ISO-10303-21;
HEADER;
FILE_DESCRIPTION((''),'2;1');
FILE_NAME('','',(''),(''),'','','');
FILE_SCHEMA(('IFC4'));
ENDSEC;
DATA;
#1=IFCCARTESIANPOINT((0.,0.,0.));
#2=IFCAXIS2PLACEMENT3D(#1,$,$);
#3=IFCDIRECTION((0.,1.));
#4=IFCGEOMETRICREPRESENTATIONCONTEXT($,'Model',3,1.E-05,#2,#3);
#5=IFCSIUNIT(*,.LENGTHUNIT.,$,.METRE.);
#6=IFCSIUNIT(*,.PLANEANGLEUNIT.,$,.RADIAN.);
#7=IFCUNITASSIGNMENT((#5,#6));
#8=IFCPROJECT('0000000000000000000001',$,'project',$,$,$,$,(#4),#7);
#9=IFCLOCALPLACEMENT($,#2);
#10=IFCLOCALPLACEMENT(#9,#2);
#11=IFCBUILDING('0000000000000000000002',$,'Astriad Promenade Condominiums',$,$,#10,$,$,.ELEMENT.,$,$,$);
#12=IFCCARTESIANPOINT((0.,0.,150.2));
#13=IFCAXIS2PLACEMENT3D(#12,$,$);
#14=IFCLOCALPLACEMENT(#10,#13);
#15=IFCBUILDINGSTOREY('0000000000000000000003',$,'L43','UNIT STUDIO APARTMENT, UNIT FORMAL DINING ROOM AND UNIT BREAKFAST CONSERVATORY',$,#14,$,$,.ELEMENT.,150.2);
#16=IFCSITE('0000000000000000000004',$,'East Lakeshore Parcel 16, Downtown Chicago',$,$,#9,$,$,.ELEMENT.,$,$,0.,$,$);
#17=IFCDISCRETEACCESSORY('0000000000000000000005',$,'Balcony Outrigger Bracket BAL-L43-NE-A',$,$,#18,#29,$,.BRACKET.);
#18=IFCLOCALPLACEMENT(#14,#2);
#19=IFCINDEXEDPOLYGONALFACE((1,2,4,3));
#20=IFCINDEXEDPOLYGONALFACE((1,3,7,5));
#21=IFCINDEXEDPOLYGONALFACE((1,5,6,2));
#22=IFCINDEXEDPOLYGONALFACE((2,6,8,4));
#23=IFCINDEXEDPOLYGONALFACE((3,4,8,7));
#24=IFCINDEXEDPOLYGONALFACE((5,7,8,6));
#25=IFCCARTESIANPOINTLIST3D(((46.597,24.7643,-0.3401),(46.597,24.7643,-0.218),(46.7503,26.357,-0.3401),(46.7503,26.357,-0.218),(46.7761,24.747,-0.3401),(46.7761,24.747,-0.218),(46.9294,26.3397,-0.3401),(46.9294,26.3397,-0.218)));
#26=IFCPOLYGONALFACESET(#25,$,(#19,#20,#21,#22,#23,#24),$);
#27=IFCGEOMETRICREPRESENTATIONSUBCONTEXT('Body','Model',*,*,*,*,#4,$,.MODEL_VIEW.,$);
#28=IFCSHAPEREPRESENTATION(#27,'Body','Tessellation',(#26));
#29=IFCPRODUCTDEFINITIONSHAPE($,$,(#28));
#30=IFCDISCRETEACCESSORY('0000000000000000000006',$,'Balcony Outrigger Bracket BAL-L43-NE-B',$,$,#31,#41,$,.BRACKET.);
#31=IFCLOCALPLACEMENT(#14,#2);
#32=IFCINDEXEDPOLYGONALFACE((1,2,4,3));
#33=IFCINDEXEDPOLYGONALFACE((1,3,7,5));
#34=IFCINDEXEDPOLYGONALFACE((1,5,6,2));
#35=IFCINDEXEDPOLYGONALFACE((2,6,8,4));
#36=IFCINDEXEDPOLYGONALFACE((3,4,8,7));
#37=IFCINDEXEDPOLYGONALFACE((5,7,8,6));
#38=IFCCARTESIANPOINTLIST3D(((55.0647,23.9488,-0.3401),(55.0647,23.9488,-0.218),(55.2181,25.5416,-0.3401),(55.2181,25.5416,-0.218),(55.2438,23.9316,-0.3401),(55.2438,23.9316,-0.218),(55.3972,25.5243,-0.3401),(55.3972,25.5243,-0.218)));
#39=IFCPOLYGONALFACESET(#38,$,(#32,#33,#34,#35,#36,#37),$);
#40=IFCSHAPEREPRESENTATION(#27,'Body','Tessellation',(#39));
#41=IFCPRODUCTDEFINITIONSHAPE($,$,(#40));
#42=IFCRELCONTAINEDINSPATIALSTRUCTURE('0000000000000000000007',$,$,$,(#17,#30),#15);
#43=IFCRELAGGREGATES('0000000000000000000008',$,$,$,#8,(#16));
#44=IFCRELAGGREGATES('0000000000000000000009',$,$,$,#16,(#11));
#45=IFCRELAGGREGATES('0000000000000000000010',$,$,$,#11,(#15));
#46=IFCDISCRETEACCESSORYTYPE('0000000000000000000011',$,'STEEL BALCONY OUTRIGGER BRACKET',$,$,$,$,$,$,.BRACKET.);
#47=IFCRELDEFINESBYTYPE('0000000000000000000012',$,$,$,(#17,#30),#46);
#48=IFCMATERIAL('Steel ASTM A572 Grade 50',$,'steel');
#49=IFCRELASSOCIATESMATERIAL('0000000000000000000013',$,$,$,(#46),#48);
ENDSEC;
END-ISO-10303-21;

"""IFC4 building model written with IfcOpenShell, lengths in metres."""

from ifc_helpers import new_model, si_unit, direction, frame, origin, origin_2d, place, context, subcontext, project, spatial, rectangle, extrude, source, transform, mapped, material, type_object, type_shapes, element, save


model = new_model("IFC4")

# Units and contexts
model_context = context("Model", 3, precision=1e-05, world=origin(), true_north=direction((0.0, 1.0)))
body_context = subcontext(model_context, "Body", "Model", "MODEL_VIEW")
ifc_project = project(units=[si_unit("LENGTHUNIT", "METRE"), si_unit("PLANEANGLEUNIT", "RADIAN")], contexts=[model_context])

# Site, building, storey
site_placement = place(None, origin())
site = spatial("IfcSite", under=ifc_project, at=site_placement, Name="East Lakeshore Parcel 16, Downtown Chicago", CompositionType="ELEMENT", RefElevation=0.0)
building_placement = place(site_placement, origin())
building = spatial("IfcBuilding", under=site, at=building_placement, Name="Astriad Promenade Condominiums", CompositionType="ELEMENT")
storey_placement = place(building_placement, frame((0.0, 0.0, 150.2)))
storey = spatial("IfcBuildingStorey", under=building, at=storey_placement, Name="L43", Description="UNIT STUDIO APARTMENT, UNIT FORMAL DINING ROOM AND UNIT BREAKFAST CONSERVATORY", CompositionType="ELEMENT", Elevation=150.2)

# Discrete accessories
ifc_material_1 = material(Name="Steel ASTM A572 Grade 50", Category="steel")
discrete_accessory_type = type_object("IfcDiscreteAccessoryType", Name="STEEL BALCONY OUTRIGGER BRACKET", PredefinedType="BRACKET", material=ifc_material_1)
shared_shape_1 = source(origin(), body_context, "Body", "SweptSolid", [
    extrude(rectangle(XDim=1.6001, YDim=0.1799, at=origin_2d()), origin(), (0.0, 0.0, 1.0), 0.1221),
])
type_shapes(discrete_accessory_type, [shared_shape_1])
for number, where, z_axis, x_axis, name in (
    (1, (46.7632, 25.552, -0.3401), (0.0, 0.0, 1.0), (0.095846, 0.995396, 0.0), "Balcony Outrigger Bracket BAL-L43-NE-A"),
    (2, (55.231, 24.7366, -0.3401), (0.0, 0.0, 1.0), (0.095846, 0.995396, 0.0), "Balcony Outrigger Bracket BAL-L43-NE-B"),
):
    element("IfcDiscreteAccessory", number, at=place(storey_placement, frame(where, z_axis=z_axis, x_axis=x_axis)), inside=storey, type_object=discrete_accessory_type, Name=name, PredefinedType="BRACKET", context=body_context, shape_type="MappedRepresentation", body=[
        mapped(shared_shape_1, transform((0.0, 0.0, 0.0), scale=1.0)),
    ])

save(model, "model.ifc")
